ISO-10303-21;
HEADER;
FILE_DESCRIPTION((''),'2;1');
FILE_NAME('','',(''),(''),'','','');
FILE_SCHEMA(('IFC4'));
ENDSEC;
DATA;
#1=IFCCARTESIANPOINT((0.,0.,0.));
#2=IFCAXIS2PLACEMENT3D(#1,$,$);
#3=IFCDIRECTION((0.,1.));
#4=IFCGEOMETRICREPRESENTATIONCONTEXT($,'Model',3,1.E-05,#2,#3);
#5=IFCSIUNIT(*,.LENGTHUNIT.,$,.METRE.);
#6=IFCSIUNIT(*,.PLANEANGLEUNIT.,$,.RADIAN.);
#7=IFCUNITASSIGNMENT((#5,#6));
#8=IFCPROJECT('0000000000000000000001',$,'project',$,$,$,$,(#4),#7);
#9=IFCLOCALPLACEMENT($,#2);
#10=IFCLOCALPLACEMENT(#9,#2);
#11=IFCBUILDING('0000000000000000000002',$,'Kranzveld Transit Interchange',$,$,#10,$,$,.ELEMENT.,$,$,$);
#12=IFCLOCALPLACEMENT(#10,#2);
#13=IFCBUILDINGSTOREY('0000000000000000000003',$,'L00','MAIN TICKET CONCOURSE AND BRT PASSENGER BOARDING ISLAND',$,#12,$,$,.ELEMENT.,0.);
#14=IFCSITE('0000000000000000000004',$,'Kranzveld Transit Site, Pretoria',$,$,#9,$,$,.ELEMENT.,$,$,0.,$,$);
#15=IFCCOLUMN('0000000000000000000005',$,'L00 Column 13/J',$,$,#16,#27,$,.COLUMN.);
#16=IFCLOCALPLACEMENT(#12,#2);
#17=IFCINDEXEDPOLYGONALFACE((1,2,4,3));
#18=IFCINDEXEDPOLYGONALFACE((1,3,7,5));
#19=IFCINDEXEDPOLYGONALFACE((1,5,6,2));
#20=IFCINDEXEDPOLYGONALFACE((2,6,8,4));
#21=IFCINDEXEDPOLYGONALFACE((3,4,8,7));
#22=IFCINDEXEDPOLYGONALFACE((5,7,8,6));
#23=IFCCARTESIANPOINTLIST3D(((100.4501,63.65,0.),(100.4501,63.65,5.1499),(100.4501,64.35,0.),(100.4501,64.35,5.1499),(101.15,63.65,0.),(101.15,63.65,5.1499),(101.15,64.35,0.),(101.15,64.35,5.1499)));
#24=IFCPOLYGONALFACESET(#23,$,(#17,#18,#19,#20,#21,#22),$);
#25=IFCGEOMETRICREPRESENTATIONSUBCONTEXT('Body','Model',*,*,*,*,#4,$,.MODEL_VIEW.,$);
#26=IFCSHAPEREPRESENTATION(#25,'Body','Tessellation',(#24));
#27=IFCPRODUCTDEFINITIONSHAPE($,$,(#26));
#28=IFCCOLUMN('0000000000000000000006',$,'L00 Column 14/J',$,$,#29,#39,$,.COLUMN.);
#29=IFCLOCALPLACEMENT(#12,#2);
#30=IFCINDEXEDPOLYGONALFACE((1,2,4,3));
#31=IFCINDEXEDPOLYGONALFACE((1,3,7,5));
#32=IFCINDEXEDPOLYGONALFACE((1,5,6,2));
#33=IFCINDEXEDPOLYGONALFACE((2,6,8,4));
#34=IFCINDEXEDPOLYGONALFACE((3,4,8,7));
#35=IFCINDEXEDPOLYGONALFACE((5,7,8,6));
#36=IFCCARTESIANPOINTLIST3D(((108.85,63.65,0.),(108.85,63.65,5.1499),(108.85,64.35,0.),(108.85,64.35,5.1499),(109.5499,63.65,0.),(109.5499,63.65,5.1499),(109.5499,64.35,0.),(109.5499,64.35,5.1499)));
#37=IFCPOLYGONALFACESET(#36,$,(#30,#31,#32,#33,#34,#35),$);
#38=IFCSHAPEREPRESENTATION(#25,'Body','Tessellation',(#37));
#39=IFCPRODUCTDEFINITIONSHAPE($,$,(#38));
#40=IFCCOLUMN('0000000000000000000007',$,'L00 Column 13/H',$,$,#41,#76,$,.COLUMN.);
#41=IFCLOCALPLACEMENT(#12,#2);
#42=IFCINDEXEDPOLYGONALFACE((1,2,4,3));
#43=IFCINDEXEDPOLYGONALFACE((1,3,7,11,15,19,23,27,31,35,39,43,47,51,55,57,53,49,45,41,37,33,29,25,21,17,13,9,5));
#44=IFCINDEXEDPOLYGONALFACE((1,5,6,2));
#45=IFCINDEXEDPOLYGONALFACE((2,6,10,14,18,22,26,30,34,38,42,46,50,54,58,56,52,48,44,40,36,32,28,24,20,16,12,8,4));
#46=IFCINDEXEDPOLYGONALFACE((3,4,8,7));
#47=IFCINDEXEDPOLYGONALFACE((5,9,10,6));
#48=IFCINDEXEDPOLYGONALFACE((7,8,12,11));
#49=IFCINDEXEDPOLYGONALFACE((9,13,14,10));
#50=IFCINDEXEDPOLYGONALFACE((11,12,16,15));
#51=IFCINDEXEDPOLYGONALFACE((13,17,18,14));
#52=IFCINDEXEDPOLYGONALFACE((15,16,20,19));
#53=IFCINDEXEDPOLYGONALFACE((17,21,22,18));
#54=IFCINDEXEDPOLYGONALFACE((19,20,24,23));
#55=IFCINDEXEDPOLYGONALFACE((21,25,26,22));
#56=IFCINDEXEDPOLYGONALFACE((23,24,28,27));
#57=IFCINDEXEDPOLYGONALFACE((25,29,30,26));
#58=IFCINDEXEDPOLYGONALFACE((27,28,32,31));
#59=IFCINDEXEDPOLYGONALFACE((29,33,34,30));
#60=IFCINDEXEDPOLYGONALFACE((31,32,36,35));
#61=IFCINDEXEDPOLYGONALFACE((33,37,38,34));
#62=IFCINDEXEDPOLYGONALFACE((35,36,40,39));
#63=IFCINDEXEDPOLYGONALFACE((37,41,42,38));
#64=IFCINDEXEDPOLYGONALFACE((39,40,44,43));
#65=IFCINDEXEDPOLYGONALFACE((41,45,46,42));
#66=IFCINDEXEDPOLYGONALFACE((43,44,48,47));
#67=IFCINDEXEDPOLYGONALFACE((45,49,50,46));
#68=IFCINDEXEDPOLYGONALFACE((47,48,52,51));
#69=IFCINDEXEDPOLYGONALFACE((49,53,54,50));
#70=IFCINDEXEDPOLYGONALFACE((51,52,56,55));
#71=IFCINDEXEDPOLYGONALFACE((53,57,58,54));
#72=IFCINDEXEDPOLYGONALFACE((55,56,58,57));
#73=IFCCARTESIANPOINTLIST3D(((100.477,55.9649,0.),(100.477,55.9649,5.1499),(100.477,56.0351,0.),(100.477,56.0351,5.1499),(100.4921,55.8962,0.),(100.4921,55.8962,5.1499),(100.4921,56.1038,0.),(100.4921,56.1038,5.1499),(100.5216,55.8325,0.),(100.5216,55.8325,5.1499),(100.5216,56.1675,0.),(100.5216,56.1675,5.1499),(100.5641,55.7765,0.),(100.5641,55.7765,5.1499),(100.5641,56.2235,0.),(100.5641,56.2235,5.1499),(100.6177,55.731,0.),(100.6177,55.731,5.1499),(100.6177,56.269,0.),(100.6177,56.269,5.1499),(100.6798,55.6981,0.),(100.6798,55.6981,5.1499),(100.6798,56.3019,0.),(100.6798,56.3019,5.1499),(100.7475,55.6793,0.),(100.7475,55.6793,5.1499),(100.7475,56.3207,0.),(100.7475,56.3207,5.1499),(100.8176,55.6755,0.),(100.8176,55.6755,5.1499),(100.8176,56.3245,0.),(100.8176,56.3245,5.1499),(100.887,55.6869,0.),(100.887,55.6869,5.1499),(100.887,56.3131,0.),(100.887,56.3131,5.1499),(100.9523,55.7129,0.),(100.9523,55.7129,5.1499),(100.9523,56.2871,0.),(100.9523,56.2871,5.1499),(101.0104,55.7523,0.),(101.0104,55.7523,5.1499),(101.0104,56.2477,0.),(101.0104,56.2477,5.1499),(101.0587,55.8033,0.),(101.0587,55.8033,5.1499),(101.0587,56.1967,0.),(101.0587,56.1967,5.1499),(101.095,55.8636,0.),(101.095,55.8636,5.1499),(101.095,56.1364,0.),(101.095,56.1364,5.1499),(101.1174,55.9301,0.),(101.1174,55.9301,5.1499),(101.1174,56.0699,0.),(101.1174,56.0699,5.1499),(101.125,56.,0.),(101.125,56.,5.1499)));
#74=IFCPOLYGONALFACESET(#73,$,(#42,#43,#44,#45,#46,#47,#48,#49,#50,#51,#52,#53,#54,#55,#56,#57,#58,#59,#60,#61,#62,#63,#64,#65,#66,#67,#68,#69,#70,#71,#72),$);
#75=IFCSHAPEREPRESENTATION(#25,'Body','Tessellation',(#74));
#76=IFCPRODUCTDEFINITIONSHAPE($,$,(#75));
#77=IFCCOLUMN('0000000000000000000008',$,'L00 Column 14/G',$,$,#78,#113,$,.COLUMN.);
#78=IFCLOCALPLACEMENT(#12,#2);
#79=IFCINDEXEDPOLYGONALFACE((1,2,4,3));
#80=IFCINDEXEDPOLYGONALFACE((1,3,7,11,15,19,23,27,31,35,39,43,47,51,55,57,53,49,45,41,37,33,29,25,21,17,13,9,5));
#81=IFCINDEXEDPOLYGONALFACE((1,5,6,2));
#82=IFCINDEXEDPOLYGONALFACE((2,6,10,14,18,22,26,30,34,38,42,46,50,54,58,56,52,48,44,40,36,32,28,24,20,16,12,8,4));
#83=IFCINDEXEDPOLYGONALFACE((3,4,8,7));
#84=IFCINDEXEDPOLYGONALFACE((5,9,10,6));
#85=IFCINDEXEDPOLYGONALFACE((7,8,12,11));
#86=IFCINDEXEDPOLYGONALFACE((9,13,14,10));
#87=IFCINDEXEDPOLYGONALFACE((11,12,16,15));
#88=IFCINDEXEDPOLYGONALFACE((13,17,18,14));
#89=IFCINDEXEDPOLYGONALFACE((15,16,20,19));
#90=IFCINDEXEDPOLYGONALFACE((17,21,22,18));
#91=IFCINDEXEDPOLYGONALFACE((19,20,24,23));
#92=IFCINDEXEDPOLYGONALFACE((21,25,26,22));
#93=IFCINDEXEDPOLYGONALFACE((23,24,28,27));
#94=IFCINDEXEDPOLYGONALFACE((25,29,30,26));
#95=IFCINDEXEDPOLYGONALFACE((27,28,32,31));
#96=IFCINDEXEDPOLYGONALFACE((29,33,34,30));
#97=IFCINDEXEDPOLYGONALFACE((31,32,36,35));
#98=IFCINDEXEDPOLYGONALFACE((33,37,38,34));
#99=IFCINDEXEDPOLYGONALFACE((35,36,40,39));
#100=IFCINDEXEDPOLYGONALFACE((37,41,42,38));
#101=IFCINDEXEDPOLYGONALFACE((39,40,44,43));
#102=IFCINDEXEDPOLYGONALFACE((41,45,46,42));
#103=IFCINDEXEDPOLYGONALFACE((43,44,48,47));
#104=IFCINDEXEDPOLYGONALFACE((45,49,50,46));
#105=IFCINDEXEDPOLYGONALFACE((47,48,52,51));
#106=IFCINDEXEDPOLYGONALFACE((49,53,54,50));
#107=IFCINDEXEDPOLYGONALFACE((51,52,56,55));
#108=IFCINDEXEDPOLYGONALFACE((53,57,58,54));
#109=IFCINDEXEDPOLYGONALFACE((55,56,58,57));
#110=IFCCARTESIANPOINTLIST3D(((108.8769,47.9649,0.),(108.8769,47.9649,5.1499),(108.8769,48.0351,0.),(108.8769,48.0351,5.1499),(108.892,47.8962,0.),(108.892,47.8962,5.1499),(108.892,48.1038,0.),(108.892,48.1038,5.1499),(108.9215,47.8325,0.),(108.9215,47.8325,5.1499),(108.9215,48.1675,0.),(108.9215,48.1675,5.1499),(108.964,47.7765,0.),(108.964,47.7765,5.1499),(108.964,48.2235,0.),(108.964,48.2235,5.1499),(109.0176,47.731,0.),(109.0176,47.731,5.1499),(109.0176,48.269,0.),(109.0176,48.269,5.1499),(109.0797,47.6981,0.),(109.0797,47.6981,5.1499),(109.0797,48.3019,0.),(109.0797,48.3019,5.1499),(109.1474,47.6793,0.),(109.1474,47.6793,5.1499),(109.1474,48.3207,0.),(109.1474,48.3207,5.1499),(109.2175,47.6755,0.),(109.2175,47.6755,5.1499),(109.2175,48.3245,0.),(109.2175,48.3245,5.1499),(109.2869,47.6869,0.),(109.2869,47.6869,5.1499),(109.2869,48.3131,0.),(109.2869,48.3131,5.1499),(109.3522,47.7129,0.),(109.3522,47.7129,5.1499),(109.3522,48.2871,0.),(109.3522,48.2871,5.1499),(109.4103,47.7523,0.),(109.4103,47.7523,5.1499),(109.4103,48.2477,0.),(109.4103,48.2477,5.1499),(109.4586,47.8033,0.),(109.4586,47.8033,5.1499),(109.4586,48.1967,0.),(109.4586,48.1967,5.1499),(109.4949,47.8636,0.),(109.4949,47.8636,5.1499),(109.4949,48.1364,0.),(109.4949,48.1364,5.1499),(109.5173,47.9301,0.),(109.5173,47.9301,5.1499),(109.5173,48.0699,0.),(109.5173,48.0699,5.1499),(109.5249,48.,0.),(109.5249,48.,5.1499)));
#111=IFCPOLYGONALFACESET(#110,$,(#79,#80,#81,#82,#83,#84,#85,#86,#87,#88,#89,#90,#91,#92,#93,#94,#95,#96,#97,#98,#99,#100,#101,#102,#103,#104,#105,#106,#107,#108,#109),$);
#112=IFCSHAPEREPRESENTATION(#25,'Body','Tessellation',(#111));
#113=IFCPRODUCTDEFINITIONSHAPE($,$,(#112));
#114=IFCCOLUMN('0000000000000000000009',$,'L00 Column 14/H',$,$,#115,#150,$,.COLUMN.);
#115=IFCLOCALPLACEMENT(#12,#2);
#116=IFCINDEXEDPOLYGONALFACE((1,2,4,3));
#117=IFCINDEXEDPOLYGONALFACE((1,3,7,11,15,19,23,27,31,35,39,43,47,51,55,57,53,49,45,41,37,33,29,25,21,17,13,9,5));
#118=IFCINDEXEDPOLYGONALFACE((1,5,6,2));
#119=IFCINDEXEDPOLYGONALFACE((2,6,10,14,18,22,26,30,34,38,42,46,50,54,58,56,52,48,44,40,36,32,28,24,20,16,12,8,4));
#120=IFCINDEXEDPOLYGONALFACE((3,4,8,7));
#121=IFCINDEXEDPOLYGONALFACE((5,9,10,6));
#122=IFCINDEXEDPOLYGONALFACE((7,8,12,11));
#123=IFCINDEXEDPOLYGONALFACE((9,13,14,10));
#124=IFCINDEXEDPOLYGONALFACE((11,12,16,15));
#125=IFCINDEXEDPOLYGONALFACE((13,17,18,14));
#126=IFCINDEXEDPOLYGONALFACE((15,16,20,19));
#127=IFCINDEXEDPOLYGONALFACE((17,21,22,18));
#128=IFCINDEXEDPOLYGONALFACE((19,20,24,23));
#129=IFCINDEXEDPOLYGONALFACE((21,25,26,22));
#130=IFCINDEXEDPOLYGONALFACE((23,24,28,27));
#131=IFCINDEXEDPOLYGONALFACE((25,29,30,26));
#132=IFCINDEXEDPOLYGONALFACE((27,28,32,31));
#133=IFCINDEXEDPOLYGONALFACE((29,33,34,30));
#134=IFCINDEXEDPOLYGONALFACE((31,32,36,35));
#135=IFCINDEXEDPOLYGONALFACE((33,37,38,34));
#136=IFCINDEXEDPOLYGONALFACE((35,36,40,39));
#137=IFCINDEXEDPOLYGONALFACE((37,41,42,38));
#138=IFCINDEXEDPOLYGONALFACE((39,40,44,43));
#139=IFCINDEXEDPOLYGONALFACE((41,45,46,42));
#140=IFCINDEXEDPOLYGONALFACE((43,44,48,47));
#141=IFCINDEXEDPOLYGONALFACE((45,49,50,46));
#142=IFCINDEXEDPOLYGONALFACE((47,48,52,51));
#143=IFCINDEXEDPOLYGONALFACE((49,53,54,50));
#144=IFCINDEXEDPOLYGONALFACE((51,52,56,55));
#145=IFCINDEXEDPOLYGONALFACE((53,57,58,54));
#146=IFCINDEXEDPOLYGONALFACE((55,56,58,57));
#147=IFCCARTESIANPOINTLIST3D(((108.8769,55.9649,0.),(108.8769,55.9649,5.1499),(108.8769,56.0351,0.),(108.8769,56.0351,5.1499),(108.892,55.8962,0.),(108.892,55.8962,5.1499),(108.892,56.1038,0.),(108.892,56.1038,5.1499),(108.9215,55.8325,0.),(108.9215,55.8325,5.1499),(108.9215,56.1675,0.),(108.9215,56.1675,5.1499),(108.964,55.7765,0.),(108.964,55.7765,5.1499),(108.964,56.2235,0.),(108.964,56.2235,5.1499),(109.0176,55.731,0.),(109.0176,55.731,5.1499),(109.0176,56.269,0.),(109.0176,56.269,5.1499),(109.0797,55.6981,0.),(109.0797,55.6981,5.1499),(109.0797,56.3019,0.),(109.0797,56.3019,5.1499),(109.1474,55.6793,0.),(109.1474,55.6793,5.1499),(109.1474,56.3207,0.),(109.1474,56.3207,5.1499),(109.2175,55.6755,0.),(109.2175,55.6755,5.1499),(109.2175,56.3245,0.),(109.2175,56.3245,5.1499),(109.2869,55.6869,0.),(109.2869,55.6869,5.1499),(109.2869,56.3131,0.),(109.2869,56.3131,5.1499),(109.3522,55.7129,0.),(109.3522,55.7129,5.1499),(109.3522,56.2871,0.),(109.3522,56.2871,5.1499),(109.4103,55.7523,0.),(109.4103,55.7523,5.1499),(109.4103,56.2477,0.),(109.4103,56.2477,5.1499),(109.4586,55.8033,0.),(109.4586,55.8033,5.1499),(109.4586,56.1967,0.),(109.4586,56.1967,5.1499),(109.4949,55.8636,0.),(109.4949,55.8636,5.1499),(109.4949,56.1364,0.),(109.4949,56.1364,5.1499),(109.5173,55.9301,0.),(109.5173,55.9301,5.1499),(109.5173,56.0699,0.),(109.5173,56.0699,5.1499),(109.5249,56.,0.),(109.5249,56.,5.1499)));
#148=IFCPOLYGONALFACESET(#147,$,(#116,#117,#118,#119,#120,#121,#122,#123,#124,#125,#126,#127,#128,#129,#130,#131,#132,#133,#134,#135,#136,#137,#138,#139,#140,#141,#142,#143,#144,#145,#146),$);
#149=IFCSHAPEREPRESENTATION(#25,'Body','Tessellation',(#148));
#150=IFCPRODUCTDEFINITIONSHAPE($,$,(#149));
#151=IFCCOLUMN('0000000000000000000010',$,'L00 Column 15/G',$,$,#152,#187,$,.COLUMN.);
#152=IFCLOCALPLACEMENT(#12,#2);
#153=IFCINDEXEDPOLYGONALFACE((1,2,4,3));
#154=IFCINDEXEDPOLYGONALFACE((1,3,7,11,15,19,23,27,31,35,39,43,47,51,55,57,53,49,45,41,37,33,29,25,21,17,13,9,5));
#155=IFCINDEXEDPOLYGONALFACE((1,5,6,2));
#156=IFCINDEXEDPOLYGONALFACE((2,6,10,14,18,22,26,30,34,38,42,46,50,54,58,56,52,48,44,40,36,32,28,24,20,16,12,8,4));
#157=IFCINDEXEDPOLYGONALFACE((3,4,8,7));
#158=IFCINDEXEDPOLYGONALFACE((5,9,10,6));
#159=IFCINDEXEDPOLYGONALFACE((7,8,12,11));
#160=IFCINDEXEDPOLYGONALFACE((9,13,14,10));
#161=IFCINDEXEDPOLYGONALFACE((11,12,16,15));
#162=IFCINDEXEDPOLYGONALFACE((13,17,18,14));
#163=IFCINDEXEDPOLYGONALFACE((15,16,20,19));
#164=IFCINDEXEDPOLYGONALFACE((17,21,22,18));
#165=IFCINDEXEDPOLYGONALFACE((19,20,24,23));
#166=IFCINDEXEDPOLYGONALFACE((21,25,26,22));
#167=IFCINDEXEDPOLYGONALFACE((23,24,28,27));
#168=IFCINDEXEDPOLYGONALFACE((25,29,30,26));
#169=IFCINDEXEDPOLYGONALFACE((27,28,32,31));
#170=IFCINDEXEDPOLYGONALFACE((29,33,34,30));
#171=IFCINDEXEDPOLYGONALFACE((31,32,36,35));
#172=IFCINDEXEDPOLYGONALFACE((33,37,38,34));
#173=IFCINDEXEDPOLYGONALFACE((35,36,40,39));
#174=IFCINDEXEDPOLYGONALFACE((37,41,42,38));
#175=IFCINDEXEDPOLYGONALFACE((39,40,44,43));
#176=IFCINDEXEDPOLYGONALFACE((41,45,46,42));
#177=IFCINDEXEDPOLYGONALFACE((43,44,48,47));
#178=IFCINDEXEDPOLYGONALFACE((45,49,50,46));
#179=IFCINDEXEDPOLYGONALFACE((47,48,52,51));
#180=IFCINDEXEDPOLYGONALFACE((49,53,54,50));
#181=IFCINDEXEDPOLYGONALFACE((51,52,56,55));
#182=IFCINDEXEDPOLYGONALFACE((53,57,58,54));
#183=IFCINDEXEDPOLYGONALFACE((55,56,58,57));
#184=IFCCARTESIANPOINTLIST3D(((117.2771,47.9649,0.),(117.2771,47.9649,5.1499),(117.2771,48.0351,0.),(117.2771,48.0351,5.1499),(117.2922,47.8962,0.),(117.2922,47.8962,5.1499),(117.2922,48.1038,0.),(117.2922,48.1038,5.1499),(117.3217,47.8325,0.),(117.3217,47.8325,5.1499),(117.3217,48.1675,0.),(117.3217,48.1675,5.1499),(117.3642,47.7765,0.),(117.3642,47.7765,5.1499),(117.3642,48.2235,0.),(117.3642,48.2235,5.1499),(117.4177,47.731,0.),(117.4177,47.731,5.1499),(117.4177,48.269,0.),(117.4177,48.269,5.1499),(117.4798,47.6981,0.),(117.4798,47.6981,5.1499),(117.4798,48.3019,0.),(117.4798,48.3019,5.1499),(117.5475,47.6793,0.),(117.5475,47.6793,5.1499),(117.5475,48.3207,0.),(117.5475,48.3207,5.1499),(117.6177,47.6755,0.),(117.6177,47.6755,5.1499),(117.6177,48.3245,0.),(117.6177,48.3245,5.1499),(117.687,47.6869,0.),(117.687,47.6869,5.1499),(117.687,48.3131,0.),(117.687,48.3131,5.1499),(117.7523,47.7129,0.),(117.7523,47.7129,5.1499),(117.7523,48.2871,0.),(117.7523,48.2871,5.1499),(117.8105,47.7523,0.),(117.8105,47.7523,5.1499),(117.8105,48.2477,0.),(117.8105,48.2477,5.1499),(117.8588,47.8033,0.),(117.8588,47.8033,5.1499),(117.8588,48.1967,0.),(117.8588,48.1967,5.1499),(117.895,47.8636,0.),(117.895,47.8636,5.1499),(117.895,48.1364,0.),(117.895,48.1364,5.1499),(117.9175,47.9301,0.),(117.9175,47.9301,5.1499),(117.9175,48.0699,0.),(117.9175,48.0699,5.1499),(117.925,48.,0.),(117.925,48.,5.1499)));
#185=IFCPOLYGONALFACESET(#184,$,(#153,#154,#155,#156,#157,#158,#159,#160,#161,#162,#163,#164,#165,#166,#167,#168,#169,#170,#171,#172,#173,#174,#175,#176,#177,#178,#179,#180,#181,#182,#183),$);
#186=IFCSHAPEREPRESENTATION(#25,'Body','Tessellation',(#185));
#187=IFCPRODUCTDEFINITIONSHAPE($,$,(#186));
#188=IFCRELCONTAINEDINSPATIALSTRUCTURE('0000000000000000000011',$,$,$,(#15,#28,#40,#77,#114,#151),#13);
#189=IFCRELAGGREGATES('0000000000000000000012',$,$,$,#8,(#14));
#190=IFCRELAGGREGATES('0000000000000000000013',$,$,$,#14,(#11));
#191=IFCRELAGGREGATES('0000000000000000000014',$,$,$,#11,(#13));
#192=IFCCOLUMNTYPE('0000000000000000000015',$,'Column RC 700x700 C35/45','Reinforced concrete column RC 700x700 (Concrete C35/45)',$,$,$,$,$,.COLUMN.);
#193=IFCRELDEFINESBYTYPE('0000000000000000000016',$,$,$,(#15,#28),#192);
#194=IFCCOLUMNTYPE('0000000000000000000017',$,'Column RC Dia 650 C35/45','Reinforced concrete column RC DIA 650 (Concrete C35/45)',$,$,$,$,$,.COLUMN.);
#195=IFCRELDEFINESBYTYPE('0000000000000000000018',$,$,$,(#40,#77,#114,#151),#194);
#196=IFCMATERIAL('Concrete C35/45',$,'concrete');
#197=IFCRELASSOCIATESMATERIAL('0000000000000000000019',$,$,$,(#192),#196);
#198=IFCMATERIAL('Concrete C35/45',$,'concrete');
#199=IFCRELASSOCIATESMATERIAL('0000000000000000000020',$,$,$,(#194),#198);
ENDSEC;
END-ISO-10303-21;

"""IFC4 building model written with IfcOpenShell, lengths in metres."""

from ifc_helpers import new_model, si_unit, direction, frame, origin, origin_2d, place, context, subcontext, project, spatial, rectangle, circle, extrude, material, material_profile, profile_set, type_object, element, save


model = new_model("IFC4")

# Units and contexts
model_context = context("Model", 3, precision=1e-05, world=origin(), true_north=direction((0.0, 1.0)))
body_context = subcontext(model_context, "Body", "Model", "MODEL_VIEW")
ifc_project = project(units=[si_unit("LENGTHUNIT", "METRE"), si_unit("PLANEANGLEUNIT", "RADIAN")], contexts=[model_context])

# Site, building, storey
site_placement = place(None, origin())
site = spatial("IfcSite", under=ifc_project, at=site_placement, Name="Kranzveld Transit Site, Pretoria", CompositionType="ELEMENT", RefElevation=0.0)
building_placement = place(site_placement, origin())
building = spatial("IfcBuilding", under=site, at=building_placement, Name="Kranzveld Transit Interchange", CompositionType="ELEMENT")
storey_placement = place(building_placement, origin())
storey = spatial("IfcBuildingStorey", under=building, at=storey_placement, Name="L00", Description="MAIN TICKET CONCOURSE AND BRT PASSENGER BOARDING ISLAND", CompositionType="ELEMENT", Elevation=0.0)

# Columns
ifc_material_1 = material(Name="Concrete C35/45", Category="concrete")
ifc_material_profile_1 = material_profile(ifc_material_1, rectangle(XDim=0.7, YDim=0.7, at=origin_2d()), Name="RC 700x700")
ifc_profile_set_1 = profile_set([ifc_material_profile_1], Name="Concrete C35/45")
column_type_1 = type_object("IfcColumnType", Name="Column RC 700x700 C35/45", Description="Reinforced concrete column RC 700x700 (Concrete C35/45)", PredefinedType="COLUMN", material=ifc_profile_set_1)
for number, where, z_axis, x_axis, name in (
    (1, (100.8, 64.0, 0.0), (0.0, 0.0, 1.0), (1.0, 0.0, 0.0), "L00 Column 13/J"),
    (2, (109.2, 64.0, 0.0), (0.0, 0.0, 1.0), (1.0, 0.0, 0.0), "L00 Column 14/J"),
):
    element("IfcColumn", number, at=place(storey_placement, frame(where, z_axis=z_axis, x_axis=x_axis)), inside=storey, type_object=column_type_1, Name=name, PredefinedType="COLUMN", context=body_context, shape_type="SweptSolid", body=[
        extrude(rectangle(XDim=0.7, YDim=0.7, at=origin_2d()), origin(), (0.0, 0.0, 1.0), 5.1499),
    ])
ifc_material_2 = material(Name="Concrete C35/45", Category="concrete")
ifc_material_profile_2 = material_profile(ifc_material_2, circle(Radius=0.325, at=origin_2d()), Name="RC DIA 650")
ifc_profile_set_2 = profile_set([ifc_material_profile_2], Name="Concrete C35/45")
column_type_2 = type_object("IfcColumnType", Name="Column RC Dia 650 C35/45", Description="Reinforced concrete column RC DIA 650 (Concrete C35/45)", PredefinedType="COLUMN", material=ifc_profile_set_2)
for number, where, z_axis, x_axis, name in (
    (3, (100.8, 56.0, 0.0), (0.0, 0.0, 1.0), (1.0, 0.0, 0.0), "L00 Column 13/H"),
    (4, (109.2, 48.0, 0.0), (0.0, 0.0, 1.0), (1.0, 0.0, 0.0), "L00 Column 14/G"),
    (5, (109.2, 56.0, 0.0), (0.0, 0.0, 1.0), (1.0, 0.0, 0.0), "L00 Column 14/H"),
    (6, (117.6001, 48.0, 0.0), (0.0, 0.0, 1.0), (1.0, 0.0, 0.0), "L00 Column 15/G"),
):
    element("IfcColumn", number, at=place(storey_placement, frame(where, z_axis=z_axis, x_axis=x_axis)), inside=storey, type_object=column_type_2, Name=name, PredefinedType="COLUMN", context=body_context, shape_type="SweptSolid", body=[
        extrude(circle(Radius=0.325, at=origin_2d()), origin(), (0.0, 0.0, 1.0), 5.1499),
    ])

save(model, "model.ifc")
